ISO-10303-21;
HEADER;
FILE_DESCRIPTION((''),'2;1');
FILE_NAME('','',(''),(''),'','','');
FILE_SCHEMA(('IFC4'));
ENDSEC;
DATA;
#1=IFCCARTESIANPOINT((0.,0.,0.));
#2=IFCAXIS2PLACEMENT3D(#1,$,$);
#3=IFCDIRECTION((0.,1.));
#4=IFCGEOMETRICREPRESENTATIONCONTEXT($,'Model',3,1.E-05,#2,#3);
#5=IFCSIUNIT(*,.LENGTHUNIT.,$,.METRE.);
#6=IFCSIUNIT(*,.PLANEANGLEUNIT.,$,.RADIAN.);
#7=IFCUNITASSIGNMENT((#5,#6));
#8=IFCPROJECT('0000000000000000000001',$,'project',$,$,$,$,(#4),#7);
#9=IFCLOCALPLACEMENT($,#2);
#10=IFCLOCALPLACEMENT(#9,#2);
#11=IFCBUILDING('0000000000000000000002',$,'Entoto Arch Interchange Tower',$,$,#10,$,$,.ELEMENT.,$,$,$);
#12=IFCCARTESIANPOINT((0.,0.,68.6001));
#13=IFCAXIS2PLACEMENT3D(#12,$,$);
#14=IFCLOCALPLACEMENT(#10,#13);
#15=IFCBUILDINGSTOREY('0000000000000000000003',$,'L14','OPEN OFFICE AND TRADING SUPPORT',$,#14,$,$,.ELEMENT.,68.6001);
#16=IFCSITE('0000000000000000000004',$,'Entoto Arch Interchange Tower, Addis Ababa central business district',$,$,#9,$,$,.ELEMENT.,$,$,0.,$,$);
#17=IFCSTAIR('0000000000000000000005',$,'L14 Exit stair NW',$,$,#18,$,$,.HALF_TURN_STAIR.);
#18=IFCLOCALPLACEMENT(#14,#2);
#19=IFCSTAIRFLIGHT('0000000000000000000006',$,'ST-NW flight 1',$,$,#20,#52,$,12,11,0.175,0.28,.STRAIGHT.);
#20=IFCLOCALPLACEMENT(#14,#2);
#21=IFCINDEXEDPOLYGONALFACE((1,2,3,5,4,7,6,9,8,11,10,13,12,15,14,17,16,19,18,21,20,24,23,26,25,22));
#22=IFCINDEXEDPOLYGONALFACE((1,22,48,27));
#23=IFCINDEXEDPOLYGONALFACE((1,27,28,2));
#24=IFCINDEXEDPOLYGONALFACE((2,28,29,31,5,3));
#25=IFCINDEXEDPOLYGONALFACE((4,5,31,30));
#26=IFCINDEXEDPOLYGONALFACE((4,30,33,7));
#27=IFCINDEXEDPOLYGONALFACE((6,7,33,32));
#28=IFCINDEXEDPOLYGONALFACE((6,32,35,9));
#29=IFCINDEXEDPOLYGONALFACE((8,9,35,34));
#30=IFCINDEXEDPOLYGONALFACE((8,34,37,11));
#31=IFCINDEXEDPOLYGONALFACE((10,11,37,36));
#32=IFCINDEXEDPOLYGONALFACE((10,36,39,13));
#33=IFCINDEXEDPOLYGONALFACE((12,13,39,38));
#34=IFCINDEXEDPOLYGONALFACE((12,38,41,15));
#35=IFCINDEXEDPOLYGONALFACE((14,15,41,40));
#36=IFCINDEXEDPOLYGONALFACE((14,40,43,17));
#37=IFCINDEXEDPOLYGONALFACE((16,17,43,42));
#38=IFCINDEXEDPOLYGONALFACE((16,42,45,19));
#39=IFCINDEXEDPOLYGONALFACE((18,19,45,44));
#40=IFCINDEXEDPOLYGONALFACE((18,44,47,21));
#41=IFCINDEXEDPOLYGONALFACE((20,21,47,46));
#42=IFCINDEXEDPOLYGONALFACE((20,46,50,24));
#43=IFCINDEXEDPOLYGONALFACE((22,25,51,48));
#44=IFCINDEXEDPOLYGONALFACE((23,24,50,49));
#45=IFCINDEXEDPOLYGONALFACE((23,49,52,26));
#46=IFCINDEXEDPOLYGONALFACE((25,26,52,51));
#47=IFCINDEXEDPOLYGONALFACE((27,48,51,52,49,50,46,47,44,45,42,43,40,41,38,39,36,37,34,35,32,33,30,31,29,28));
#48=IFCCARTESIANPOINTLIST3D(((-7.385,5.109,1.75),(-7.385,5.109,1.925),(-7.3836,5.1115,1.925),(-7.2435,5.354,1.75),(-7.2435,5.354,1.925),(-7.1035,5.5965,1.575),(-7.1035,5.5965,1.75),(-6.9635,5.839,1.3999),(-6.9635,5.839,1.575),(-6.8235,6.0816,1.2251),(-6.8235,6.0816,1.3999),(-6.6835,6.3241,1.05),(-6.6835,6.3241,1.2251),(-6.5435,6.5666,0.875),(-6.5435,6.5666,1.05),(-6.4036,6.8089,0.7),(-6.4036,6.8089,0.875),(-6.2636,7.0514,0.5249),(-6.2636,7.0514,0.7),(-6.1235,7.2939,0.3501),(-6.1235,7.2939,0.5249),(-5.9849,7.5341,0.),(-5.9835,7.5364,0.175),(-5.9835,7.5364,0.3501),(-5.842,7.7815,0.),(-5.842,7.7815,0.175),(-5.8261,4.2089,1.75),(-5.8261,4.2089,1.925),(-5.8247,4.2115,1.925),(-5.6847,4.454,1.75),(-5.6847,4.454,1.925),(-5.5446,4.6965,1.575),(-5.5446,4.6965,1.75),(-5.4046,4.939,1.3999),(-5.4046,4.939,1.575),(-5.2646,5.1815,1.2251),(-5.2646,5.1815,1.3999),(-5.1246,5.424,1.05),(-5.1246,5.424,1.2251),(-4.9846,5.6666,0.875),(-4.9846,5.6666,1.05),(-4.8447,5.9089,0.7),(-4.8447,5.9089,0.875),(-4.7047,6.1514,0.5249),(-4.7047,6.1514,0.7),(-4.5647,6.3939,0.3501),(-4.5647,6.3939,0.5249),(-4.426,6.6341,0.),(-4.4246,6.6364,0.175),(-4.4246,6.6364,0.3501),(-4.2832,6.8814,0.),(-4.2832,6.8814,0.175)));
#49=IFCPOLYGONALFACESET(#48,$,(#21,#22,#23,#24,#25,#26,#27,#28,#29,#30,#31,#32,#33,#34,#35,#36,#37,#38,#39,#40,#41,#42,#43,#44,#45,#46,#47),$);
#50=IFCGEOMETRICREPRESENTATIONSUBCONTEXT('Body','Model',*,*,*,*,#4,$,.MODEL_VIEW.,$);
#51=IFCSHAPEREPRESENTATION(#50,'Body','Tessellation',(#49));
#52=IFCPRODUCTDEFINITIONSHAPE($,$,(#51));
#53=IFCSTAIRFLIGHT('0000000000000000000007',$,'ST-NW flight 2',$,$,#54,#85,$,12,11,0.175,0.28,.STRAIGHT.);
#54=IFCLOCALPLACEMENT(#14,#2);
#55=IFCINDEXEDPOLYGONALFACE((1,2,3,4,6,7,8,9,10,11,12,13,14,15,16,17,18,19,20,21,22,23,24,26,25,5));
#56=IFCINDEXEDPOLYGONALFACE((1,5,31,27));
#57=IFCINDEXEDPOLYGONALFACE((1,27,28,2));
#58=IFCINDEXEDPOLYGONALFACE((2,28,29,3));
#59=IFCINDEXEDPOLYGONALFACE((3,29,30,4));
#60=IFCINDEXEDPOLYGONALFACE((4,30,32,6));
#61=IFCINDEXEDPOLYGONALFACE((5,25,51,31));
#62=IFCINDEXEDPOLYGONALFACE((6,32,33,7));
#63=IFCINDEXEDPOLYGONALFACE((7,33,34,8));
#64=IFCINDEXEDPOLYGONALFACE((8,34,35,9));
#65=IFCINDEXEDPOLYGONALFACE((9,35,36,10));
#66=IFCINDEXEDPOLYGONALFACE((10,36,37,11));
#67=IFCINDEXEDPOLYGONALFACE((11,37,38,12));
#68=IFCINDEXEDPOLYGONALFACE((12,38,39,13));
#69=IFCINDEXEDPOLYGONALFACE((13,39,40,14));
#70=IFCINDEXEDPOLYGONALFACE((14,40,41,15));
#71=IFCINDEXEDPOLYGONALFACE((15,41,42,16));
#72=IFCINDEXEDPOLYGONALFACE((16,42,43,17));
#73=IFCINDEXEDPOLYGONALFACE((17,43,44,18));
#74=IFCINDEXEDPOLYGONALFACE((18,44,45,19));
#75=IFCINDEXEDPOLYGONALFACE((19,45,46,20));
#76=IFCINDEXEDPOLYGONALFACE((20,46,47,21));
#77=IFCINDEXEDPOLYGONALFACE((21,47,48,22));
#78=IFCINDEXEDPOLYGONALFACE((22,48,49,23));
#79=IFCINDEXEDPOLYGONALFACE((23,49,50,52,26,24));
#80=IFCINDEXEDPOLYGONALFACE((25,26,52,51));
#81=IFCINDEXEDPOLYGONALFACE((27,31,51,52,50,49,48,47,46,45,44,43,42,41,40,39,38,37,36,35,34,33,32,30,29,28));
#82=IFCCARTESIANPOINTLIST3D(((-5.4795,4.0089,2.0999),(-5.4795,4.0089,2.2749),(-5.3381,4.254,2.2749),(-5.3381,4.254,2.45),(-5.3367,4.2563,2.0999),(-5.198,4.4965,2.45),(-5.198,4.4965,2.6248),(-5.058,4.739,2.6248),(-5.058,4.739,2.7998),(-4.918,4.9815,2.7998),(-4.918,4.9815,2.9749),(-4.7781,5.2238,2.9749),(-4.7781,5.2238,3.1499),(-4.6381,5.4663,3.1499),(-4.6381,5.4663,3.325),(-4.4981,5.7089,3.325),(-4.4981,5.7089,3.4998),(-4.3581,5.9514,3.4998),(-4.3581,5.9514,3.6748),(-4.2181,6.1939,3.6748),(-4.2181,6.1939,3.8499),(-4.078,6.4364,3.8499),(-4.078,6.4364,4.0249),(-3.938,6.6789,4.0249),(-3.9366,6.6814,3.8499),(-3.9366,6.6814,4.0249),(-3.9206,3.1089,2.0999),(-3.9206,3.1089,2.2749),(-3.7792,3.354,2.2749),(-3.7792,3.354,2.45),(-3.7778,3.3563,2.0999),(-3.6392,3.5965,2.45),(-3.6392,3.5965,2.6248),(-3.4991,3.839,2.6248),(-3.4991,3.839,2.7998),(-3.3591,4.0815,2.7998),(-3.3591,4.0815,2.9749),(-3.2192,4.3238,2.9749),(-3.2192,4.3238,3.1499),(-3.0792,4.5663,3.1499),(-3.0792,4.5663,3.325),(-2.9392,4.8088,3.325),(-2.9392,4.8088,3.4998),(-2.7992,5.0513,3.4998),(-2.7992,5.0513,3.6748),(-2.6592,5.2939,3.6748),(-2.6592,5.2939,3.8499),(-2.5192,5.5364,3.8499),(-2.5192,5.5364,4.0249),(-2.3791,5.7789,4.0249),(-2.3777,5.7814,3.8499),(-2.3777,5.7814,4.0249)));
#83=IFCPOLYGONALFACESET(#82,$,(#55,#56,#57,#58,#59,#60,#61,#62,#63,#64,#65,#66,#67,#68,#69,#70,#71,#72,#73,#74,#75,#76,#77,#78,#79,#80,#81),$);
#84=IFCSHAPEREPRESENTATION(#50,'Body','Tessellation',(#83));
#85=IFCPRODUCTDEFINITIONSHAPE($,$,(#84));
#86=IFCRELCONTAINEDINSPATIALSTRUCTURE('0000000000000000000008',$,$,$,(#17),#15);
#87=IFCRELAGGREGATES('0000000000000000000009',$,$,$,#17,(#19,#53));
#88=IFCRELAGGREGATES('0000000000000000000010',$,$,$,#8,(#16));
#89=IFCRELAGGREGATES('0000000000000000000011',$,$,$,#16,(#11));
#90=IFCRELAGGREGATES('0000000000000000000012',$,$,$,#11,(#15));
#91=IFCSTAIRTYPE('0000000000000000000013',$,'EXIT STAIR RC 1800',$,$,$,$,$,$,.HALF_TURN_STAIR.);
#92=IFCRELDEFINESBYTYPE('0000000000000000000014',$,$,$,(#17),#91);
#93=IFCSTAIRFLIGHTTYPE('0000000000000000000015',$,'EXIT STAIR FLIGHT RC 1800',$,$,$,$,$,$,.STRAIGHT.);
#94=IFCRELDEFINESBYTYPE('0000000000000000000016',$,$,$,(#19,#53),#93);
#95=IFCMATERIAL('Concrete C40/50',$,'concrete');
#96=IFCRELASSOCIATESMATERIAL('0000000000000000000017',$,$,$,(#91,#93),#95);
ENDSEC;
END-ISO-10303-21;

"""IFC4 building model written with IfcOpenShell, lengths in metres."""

from ifc_helpers import new_model, si_unit, direction, frame, origin, place, context, subcontext, project, spatial, polyline, outline, extrude, material, type_object, element, aggregate, save


model = new_model("IFC4")

# Units and contexts
model_context = context("Model", 3, precision=1e-05, world=origin(), true_north=direction((0.0, 1.0)))
body_context = subcontext(model_context, "Body", "Model", "MODEL_VIEW")
ifc_project = project(units=[si_unit("LENGTHUNIT", "METRE"), si_unit("PLANEANGLEUNIT", "RADIAN")], contexts=[model_context])

# Site, building, storey
site_placement = place(None, origin())
site = spatial("IfcSite", under=ifc_project, at=site_placement, Name="Entoto Arch Interchange Tower, Addis Ababa central business district", CompositionType="ELEMENT", RefElevation=0.0)
building_placement = place(site_placement, origin())
building = spatial("IfcBuilding", under=site, at=building_placement, Name="Entoto Arch Interchange Tower", CompositionType="ELEMENT")
storey_placement = place(building_placement, frame((0.0, 0.0, 68.6001)))
storey = spatial("IfcBuildingStorey", under=building, at=storey_placement, Name="L14", Description="OPEN OFFICE AND TRADING SUPPORT", CompositionType="ELEMENT", Elevation=68.6001)

# Shared definitions
ifc_material_1 = material(Name="Concrete C40/50", Category="concrete")

# Stair, stair flights
stair_type = type_object("IfcStairType", Name="EXIT STAIR RC 1800", PredefinedType="HALF_TURN_STAIR", material=ifc_material_1)
stair_placement = place(storey_placement, origin())
stair = element("IfcStair", 1, at=stair_placement, inside=storey, type_object=stair_type, Name="L14 Exit stair NW", PredefinedType="HALF_TURN_STAIR")
stair_flight_type = type_object("IfcStairFlightType", Name="EXIT STAIR FLIGHT RC 1800", PredefinedType="STRAIGHT", material=ifc_material_1)
stair_flight_1_placement = place(storey_placement, frame((-5.064, 7.3289, 0.0), z_axis=(0.0, 0.0, 1.0), x_axis=(-0.5, -0.866025, 0.0)))
stair_flight_1 = element("IfcStairFlight", 2, at=stair_flight_1_placement, type_object=stair_flight_type, Name="ST-NW flight 1", NumberOfRisers=12, NumberOfTreads=11, PredefinedType="STRAIGHT", RiserHeight=0.175, TreadLength=0.28, context=body_context, shape_type="SweptSolid", body=[
    extrude(outline(polyline([(-0.0029, 0.0), (-0.0029, 0.175), (0.28, 0.175), (0.28, 0.3501), (0.5601, 0.3501), (0.5601, 0.5249), (0.8401, 0.5249), (0.8401, 0.7), (1.1201, 0.7), (1.1201, 0.875), (1.3999, 0.875), (1.3999, 1.05), (1.6799, 1.05), (1.6799, 1.2251), (1.96, 1.2251), (1.96, 1.3999), (2.24, 1.3999), (2.24, 1.575), (2.52, 1.575), (2.52, 1.75), (2.8, 1.75), (2.8, 1.925), (3.0801, 1.925), (3.083, 1.925), (3.083, 1.75), (0.2827, 0.0), (-0.0029, 0.0)])), frame((0.0, 0.8999, 0.0), z_axis=(0.0, -1.0, 0.0), x_axis=(1.0, 0.0, 0.0)), (0.0, 0.0, 1.0), 1.8),
])
stair_flight_2_placement = place(storey_placement, frame((-4.6987, 3.5615, 2.0999), z_axis=(0.0, 0.0, 1.0), x_axis=(0.5, 0.866025, 0.0)))
stair_flight_2 = element("IfcStairFlight", 3, at=stair_flight_2_placement, type_object=stair_flight_type, Name="ST-NW flight 2", NumberOfRisers=12, NumberOfTreads=11, PredefinedType="STRAIGHT", RiserHeight=0.175, TreadLength=0.28, context=body_context, shape_type="SweptSolid", body=[
    extrude(outline(polyline([(-0.0029, 0.0), (-0.0029, 0.175), (0.28, 0.175), (0.28, 0.3501), (0.5601, 0.3501), (0.5601, 0.5249), (0.8401, 0.5249), (0.8401, 0.7), (1.1201, 0.7), (1.1201, 0.875), (1.3999, 0.875), (1.3999, 1.05), (1.6799, 1.05), (1.6799, 1.2251), (1.96, 1.2251), (1.96, 1.3999), (2.24, 1.3999), (2.24, 1.575), (2.52, 1.575), (2.52, 1.75), (2.8, 1.75), (2.8, 1.925), (3.0801, 1.925), (3.083, 1.925), (3.083, 1.75), (0.2827, 0.0), (-0.0029, 0.0)])), frame((0.0, 0.8999, 0.0), z_axis=(0.0, -1.0, 0.0), x_axis=(1.0, 0.0, 0.0)), (0.0, 0.0, 1.0), 1.8),
])
aggregate(stair, [stair_flight_1, stair_flight_2])

save(model, "model.ifc")
